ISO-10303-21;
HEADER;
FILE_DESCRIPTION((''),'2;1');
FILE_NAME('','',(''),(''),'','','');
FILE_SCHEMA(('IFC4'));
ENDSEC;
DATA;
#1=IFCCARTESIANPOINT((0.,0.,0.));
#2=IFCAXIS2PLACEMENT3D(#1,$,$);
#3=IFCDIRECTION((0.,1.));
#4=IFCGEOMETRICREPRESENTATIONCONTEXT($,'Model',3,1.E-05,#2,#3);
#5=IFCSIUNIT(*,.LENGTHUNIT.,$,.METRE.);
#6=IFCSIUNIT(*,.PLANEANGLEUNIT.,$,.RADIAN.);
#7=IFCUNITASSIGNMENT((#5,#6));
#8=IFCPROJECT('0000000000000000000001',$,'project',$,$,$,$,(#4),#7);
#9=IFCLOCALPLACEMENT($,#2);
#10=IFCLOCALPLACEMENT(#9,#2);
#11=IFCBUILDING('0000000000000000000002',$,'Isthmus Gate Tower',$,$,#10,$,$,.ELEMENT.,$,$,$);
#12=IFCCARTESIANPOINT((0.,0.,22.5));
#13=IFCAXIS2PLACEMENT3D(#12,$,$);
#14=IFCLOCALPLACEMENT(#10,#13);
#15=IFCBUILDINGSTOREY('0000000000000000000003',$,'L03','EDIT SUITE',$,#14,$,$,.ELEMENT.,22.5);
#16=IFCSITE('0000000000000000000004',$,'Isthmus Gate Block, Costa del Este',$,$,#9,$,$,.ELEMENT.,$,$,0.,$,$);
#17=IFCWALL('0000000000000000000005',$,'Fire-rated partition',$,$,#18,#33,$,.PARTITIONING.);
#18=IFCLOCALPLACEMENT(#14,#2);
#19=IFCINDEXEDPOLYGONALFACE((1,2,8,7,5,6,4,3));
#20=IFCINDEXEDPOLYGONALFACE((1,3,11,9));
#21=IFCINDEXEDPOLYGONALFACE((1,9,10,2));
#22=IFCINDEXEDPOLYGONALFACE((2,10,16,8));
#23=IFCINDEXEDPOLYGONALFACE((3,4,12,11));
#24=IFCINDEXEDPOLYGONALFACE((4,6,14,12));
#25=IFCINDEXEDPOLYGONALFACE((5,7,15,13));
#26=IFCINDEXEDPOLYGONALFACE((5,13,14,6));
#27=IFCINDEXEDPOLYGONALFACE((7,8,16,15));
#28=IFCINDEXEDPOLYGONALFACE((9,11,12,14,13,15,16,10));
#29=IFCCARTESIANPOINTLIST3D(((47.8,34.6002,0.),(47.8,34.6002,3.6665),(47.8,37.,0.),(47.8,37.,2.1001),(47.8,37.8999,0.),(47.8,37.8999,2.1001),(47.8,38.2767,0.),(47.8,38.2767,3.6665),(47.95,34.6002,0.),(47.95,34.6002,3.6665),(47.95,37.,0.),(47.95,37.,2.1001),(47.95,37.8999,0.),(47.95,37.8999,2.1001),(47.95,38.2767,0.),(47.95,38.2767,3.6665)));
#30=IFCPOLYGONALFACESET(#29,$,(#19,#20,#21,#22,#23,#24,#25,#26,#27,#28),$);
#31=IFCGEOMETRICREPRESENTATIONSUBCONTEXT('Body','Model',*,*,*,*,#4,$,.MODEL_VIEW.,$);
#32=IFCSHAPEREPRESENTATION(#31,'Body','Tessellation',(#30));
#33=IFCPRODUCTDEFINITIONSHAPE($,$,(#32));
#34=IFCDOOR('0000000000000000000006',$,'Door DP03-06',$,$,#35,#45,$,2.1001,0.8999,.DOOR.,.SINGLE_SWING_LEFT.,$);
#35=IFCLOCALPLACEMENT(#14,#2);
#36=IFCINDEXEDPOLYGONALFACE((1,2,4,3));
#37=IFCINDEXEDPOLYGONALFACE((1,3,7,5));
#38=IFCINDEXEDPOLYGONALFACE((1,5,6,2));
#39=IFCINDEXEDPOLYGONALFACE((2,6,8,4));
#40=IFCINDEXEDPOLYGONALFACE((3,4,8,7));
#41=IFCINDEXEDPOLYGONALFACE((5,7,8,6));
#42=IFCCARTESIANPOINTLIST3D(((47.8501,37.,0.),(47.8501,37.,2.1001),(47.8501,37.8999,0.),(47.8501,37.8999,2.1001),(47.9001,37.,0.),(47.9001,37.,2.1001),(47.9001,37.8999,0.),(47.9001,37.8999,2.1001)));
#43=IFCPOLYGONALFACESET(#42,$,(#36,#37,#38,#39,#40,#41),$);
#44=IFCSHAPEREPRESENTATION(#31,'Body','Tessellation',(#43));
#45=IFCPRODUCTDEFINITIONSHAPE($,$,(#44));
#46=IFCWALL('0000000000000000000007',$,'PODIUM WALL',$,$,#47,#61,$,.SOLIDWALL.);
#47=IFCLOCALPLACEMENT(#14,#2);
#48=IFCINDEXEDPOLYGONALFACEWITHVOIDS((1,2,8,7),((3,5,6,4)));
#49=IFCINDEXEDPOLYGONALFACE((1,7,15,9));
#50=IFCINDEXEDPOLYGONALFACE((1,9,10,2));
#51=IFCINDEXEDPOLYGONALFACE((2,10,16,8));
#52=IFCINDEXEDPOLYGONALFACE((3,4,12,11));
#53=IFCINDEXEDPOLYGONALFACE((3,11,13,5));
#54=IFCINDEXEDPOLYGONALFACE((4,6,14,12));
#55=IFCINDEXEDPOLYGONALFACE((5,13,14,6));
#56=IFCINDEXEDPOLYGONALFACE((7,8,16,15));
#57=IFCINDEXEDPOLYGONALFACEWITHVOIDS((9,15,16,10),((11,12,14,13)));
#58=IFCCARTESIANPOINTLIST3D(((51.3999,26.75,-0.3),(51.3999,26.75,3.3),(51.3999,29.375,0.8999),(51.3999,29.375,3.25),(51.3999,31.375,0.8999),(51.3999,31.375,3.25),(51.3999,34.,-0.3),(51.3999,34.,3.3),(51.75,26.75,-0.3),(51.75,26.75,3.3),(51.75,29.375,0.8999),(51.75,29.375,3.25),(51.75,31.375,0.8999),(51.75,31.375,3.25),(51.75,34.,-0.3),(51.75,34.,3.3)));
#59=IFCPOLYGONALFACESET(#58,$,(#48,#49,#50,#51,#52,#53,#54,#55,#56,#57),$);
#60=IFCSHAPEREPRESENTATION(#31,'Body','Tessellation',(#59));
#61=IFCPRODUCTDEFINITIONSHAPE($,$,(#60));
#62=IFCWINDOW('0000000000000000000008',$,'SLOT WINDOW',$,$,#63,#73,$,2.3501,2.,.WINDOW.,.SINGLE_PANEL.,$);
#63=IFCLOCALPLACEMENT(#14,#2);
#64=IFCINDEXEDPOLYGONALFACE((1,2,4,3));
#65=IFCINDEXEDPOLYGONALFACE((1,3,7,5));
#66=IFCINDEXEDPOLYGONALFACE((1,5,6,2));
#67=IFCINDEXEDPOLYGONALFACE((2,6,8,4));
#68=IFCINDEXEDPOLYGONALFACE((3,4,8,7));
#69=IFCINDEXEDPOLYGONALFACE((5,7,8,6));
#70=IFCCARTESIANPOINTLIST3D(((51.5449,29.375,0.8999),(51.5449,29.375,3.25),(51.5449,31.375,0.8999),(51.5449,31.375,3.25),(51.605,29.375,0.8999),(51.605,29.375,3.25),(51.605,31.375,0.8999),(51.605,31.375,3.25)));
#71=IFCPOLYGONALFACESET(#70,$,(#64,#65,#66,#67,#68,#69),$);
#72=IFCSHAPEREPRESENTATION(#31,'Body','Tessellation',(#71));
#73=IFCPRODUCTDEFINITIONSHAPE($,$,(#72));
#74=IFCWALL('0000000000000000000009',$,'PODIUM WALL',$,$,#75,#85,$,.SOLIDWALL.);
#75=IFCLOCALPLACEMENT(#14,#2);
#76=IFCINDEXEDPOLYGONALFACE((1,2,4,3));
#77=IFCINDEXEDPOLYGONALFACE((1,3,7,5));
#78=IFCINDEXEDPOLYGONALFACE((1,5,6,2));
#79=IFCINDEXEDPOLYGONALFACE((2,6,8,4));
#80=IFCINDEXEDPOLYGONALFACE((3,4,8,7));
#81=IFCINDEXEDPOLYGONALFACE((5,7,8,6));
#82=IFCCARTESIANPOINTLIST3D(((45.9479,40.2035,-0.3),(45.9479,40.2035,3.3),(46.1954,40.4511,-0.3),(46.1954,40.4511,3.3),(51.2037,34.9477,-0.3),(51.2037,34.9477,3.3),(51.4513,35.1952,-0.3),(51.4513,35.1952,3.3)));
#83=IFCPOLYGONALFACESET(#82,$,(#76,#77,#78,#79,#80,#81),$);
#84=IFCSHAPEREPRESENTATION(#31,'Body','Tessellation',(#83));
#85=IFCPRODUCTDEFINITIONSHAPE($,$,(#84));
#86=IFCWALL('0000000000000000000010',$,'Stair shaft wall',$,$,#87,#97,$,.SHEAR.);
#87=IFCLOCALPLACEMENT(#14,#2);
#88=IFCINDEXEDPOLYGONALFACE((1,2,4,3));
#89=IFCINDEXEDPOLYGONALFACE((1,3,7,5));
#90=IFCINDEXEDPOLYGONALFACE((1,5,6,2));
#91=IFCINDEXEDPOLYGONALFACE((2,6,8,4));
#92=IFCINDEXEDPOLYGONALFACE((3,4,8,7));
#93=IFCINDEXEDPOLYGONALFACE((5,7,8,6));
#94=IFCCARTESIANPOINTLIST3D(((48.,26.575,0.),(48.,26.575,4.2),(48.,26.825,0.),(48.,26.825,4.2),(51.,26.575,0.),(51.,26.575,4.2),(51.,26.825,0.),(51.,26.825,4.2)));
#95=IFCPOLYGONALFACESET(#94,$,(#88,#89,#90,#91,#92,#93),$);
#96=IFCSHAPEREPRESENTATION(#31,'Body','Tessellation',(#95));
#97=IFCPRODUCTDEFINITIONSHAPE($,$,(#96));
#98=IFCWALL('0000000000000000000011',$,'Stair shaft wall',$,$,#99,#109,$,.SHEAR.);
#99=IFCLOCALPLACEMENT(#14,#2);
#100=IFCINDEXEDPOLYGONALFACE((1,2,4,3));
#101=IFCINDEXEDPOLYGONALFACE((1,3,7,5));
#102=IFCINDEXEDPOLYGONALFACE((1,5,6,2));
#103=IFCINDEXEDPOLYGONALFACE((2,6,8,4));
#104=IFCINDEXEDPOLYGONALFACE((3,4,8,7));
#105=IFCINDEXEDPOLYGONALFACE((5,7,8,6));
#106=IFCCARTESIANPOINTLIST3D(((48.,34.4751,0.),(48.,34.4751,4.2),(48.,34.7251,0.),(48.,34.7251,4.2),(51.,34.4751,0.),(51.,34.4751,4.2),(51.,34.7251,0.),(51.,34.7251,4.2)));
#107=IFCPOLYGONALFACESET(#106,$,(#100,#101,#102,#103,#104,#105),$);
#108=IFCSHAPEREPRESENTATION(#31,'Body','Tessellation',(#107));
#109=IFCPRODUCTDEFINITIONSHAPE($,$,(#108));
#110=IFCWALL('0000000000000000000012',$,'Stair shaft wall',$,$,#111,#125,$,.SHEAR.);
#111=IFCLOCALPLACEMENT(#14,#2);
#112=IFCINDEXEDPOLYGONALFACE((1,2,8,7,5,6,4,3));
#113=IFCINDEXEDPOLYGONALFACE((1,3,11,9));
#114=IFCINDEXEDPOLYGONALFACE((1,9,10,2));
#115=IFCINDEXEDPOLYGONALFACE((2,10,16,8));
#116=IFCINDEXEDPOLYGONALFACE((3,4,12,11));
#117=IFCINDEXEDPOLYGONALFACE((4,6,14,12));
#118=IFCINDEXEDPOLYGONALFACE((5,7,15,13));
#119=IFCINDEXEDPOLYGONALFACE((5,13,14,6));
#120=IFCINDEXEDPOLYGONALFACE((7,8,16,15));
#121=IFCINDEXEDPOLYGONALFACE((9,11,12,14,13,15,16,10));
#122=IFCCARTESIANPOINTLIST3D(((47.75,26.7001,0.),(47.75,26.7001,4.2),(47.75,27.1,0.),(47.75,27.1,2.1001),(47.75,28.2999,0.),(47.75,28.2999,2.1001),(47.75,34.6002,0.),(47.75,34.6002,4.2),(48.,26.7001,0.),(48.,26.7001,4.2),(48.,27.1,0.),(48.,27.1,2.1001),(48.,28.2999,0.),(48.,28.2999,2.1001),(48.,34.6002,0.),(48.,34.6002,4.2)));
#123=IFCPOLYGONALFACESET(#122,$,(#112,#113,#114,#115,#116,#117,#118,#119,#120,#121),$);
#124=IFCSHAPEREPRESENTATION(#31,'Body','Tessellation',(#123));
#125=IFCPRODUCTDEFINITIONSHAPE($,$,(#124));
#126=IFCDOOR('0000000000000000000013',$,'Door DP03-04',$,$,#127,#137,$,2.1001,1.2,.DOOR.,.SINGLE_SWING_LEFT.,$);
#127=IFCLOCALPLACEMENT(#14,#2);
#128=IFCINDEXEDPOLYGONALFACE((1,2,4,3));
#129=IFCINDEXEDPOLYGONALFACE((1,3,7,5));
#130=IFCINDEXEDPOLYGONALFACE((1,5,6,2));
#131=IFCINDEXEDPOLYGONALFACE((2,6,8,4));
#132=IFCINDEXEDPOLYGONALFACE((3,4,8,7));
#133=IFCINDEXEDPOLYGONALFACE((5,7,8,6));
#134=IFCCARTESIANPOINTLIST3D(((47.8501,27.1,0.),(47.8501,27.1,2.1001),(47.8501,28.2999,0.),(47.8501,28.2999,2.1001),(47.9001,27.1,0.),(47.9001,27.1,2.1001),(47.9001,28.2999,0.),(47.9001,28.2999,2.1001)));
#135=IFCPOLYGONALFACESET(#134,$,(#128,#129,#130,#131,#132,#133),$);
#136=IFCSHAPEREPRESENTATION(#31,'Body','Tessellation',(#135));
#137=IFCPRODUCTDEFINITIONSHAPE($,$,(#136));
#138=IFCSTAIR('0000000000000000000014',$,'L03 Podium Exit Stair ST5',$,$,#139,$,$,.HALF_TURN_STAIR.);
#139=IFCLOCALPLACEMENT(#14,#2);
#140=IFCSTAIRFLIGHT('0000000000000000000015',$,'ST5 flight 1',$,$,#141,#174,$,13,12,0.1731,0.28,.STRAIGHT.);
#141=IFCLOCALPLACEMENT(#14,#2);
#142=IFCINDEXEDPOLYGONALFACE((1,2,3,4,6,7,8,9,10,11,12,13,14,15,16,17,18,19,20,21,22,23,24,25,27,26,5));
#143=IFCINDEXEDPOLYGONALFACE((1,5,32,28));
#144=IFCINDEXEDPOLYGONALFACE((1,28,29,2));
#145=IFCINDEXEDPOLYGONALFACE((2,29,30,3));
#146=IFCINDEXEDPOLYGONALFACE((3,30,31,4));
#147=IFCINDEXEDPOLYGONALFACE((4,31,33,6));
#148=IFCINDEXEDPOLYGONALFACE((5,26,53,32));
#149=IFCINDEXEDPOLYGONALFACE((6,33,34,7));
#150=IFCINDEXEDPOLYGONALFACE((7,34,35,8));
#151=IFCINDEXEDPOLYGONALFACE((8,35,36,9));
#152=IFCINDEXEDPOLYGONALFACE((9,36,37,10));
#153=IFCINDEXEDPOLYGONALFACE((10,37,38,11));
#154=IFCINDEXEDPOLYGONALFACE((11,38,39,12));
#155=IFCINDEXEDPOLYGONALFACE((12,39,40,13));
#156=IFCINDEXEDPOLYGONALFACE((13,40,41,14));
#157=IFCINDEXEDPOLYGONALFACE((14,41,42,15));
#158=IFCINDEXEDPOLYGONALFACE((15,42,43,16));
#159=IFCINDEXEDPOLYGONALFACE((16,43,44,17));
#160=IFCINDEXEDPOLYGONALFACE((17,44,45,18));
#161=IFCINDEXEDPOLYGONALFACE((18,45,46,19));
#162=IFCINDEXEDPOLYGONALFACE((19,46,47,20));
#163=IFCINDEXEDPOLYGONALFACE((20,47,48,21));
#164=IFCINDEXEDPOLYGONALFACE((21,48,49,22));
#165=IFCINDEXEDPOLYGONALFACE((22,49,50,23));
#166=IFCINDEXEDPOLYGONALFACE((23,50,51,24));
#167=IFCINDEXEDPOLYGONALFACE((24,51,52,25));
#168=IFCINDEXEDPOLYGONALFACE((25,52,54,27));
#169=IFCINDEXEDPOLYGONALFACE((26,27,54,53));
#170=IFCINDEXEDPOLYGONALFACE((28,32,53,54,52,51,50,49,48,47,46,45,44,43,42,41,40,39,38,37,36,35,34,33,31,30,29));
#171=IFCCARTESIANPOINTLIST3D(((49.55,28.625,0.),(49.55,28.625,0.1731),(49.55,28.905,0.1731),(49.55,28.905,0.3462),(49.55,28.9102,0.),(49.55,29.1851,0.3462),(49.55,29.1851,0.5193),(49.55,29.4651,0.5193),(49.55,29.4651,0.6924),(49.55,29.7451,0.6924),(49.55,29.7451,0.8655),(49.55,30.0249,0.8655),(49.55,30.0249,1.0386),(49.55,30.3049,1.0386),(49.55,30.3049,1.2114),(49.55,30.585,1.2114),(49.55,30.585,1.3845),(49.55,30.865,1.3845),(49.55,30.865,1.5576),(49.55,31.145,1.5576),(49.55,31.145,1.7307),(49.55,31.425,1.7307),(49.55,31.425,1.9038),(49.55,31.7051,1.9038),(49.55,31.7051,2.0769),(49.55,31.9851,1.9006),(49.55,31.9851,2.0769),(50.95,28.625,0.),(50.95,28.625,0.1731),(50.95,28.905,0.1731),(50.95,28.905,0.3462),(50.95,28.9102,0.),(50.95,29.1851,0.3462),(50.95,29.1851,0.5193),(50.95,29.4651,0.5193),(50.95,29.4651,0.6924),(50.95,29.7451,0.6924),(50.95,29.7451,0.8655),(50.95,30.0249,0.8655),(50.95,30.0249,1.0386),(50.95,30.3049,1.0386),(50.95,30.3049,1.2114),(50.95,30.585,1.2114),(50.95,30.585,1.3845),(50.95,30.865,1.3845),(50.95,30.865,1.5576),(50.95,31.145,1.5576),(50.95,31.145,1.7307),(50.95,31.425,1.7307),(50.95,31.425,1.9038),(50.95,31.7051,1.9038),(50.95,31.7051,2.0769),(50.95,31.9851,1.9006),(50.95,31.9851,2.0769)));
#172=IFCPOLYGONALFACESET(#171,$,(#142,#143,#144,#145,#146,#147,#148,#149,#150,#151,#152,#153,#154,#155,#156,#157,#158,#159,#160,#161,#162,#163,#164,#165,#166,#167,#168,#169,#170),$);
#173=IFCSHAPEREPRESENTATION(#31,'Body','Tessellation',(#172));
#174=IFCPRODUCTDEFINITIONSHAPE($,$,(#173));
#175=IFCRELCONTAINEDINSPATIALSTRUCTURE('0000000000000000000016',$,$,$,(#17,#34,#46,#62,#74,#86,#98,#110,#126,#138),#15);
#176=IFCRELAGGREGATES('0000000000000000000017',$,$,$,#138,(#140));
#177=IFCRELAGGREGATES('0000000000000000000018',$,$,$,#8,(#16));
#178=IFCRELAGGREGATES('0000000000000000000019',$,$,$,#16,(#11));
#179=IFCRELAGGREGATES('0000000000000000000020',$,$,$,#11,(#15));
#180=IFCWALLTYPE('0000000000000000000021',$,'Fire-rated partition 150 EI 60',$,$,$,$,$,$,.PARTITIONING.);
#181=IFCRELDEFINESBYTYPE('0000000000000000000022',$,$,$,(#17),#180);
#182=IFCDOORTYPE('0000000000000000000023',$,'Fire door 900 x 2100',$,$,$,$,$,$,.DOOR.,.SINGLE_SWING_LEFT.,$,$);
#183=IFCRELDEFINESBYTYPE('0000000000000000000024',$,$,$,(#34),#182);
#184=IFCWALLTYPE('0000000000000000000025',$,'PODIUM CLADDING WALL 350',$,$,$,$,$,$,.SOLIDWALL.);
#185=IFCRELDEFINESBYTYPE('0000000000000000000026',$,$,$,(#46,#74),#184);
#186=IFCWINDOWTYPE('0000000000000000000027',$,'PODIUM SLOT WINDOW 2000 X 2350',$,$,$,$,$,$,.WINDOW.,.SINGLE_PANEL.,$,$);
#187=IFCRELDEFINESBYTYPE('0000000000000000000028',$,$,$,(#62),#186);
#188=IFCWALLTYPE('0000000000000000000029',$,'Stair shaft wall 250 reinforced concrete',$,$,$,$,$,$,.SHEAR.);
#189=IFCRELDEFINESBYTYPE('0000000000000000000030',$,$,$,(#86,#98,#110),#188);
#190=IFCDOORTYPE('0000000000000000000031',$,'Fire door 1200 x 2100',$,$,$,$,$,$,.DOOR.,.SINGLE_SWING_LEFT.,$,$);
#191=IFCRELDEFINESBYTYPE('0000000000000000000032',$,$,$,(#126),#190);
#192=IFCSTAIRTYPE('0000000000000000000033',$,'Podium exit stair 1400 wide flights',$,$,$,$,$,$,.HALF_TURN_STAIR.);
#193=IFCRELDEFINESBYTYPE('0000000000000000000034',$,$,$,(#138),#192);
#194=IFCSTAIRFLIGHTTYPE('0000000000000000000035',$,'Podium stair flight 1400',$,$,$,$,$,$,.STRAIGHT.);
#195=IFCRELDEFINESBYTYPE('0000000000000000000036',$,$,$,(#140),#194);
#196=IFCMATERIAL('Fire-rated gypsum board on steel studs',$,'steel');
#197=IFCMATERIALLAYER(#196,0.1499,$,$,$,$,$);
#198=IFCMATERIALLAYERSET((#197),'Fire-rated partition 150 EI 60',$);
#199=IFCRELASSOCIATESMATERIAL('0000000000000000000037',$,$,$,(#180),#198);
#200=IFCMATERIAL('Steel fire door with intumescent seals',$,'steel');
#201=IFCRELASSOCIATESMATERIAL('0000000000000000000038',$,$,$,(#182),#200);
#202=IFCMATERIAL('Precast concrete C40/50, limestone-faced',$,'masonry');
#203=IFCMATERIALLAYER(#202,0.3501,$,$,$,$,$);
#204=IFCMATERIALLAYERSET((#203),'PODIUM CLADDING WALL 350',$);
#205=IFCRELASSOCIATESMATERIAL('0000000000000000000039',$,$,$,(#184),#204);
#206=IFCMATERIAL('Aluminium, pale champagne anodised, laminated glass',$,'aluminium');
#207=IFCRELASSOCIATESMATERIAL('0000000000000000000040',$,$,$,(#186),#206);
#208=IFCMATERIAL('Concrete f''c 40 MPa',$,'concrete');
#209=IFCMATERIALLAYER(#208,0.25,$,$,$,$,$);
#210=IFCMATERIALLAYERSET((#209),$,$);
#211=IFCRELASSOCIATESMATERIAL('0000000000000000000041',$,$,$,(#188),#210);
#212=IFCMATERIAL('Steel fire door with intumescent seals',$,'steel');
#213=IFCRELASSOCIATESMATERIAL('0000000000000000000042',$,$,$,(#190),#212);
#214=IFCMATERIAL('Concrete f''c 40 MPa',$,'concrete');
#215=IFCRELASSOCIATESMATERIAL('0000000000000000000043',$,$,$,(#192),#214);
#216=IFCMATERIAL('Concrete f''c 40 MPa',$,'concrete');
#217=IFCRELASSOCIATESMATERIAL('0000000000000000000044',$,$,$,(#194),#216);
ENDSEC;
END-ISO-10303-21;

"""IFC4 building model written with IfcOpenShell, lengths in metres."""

from ifc_helpers import new_model, si_unit, direction, frame, frame_2d, origin, place, context, subcontext, project, spatial, polyline, rectangle, outline, extrude, material, layer, layer_set, type_object, element, fill, aggregate, save


model = new_model("IFC4")

# Units and contexts
model_context = context("Model", 3, precision=1e-05, world=origin(), true_north=direction((0.0, 1.0)))
body_context = subcontext(model_context, "Body", "Model", "MODEL_VIEW")
ifc_project = project(units=[si_unit("LENGTHUNIT", "METRE"), si_unit("PLANEANGLEUNIT", "RADIAN")], contexts=[model_context])

# Site, building, storey
site_placement = place(None, origin())
site = spatial("IfcSite", under=ifc_project, at=site_placement, Name="Isthmus Gate Block, Costa del Este", CompositionType="ELEMENT", RefElevation=0.0)
building_placement = place(site_placement, origin())
building = spatial("IfcBuilding", under=site, at=building_placement, Name="Isthmus Gate Tower", CompositionType="ELEMENT")
storey_placement = place(building_placement, frame((0.0, 0.0, 22.5)))
storey = spatial("IfcBuildingStorey", under=building, at=storey_placement, Name="L03", Description="EDIT SUITE", CompositionType="ELEMENT", Elevation=22.5)

# Shared definitions
ifc_material_1 = material(Name="Fire-rated gypsum board on steel studs", Category="steel")
ifc_layer_1 = layer(ifc_material_1, 0.1499)
ifc_layer_set_1 = layer_set([ifc_layer_1], Name="Fire-rated partition 150 EI 60")
wall_type_1 = type_object("IfcWallType", Name="Fire-rated partition 150 EI 60", PredefinedType="PARTITIONING", material=ifc_layer_set_1)

# Wall, opening, door
wall_1_placement = place(storey_placement, frame((47.875, 34.6001, 0.0), z_axis=(0.0, 0.0, 1.0), x_axis=(0.0, 1.0, 0.0)))
wall_1 = element("IfcWall", 1, at=wall_1_placement, inside=storey, type_object=wall_type_1, Name="Fire-rated partition", PredefinedType="PARTITIONING", context=body_context, shape_type="SweptSolid", body=[
    extrude(rectangle(XDim=3.6765, YDim=0.1499, at=frame_2d((1.8384, 0.0))), origin(), (0.0, 0.0, 1.0), 3.6665),
])
opening_1_placement = place(wall_1_placement, frame((2.3999, 0.0, 0.0)))
opening_1 = element("IfcOpeningElement", 2, at=opening_1_placement, cuts=wall_1, PredefinedType="OPENING", context=body_context, shape_type="SweptSolid", body=[
    extrude(rectangle(XDim=0.8999, YDim=2.1001, at=frame_2d((0.45, 1.05))), frame((0.0, 0.085, 0.0), z_axis=(0.0, -1.0, 0.0), x_axis=(1.0, 0.0, 0.0)), (0.0, 0.0, 1.0), 0.1699),
])
ifc_material_2 = material(Name="Steel fire door with intumescent seals", Category="steel")
door_type_1 = type_object("IfcDoorType", Name="Fire door 900 x 2100", OperationType="SINGLE_SWING_LEFT", PredefinedType="DOOR", material=ifc_material_2)
door_1_placement = place(opening_1_placement, origin())
door_1 = element("IfcDoor", 3, at=door_1_placement, inside=storey, type_object=door_type_1, Name="Door DP03-06", OperationType="SINGLE_SWING_LEFT", OverallHeight=2.1001, OverallWidth=0.8999, PredefinedType="DOOR", context=body_context, shape_type="SweptSolid", body=[
    extrude(rectangle(XDim=0.8999, YDim=2.1001, at=frame_2d((0.45, 1.05))), frame((0.0, 0.0249, 0.0), z_axis=(0.0, -1.0, 0.0), x_axis=(1.0, 0.0, 0.0)), (0.0, 0.0, 1.0), 0.05),
])
fill(opening_1, door_1)

# Wall, opening, window
ifc_material_3 = material(Name="Precast concrete C40/50, limestone-faced", Category="masonry")
ifc_layer_2 = layer(ifc_material_3, 0.3501)
ifc_layer_set_2 = layer_set([ifc_layer_2], Name="PODIUM CLADDING WALL 350")
wall_type_2 = type_object("IfcWallType", Name="PODIUM CLADDING WALL 350", PredefinedType="SOLIDWALL", material=ifc_layer_set_2)
wall_2_placement = place(storey_placement, frame((51.575, 26.75, -0.3), z_axis=(0.0, 0.0, 1.0), x_axis=(0.0, 1.0, 0.0)))
wall_2 = element("IfcWall", 4, at=wall_2_placement, inside=storey, type_object=wall_type_2, Name="PODIUM WALL", PredefinedType="SOLIDWALL", context=body_context, shape_type="SweptSolid", body=[
    extrude(rectangle(XDim=7.25, YDim=0.3501, at=frame_2d((3.625, 0.0))), origin(), (0.0, 0.0, 1.0), 3.6001),
])
opening_2_placement = place(wall_2_placement, frame((2.625, 0.0, 1.2)))
opening_2 = element("IfcOpeningElement", 5, at=opening_2_placement, cuts=wall_2, PredefinedType="OPENING", context=body_context, shape_type="SweptSolid", body=[
    extrude(rectangle(XDim=2.0, YDim=2.3501, at=frame_2d((1.0, 1.175))), frame((0.0, 0.1851, 0.0), z_axis=(0.0, -1.0, 0.0), x_axis=(1.0, 0.0, 0.0)), (0.0, 0.0, 1.0), 0.3701),
])
ifc_material_4 = material(Name="Aluminium, pale champagne anodised, laminated glass", Category="aluminium")
window_type = type_object("IfcWindowType", Name="PODIUM SLOT WINDOW 2000 X 2350", PartitioningType="SINGLE_PANEL", PredefinedType="WINDOW", material=ifc_material_4)
window_placement = place(opening_2_placement, origin())
window = element("IfcWindow", 6, at=window_placement, inside=storey, type_object=window_type, Name="SLOT WINDOW", OverallHeight=2.3501, OverallWidth=2.0, PartitioningType="SINGLE_PANEL", PredefinedType="WINDOW", context=body_context, shape_type="SweptSolid", body=[
    extrude(rectangle(XDim=2.0, YDim=2.3501, at=frame_2d((1.0, 1.175))), frame((0.0, 0.03, 0.0), z_axis=(0.0, -1.0, 0.0), x_axis=(1.0, 0.0, 0.0)), (0.0, 0.0, 1.0), 0.0601),
])
fill(opening_2, window)

# Walls
wall_3_placement = place(storey_placement, frame((51.3274, 35.0715, -0.3), z_axis=(0.0, 0.0, 1.0), x_axis=(-0.707107, 0.707107, 0.0)))
element("IfcWall", 7, at=wall_3_placement, inside=storey, type_object=wall_type_2, Name="PODIUM WALL", PredefinedType="SOLIDWALL", context=body_context, shape_type="SweptSolid", body=[
    extrude(rectangle(XDim=7.4329, YDim=0.3501, at=frame_2d((3.7163, 0.0))), origin(), (0.0, 0.0, 1.0), 3.6001),
])
ifc_material_5 = material(Name="Concrete f'c 40 MPa", Category="concrete")
ifc_layer_3 = layer(ifc_material_5, 0.25)
ifc_layer_set_3 = layer_set([ifc_layer_3])
wall_type_3 = type_object("IfcWallType", Name="Stair shaft wall 250 reinforced concrete", PredefinedType="SHEAR", material=ifc_layer_set_3)
for number, where, z_axis, x_axis, name in (
    (8, (48.0, 26.7, 0.0), (0.0, 0.0, 1.0), (1.0, 0.0, 0.0), "Stair shaft wall"),
    (9, (48.0, 34.6001, 0.0), (0.0, 0.0, 1.0), (1.0, 0.0, 0.0), "Stair shaft wall"),
):
    element("IfcWall", number, at=place(storey_placement, frame(where, z_axis=z_axis, x_axis=x_axis)), inside=storey, type_object=wall_type_3, Name=name, PredefinedType="SHEAR", context=body_context, shape_type="SweptSolid", body=[
        extrude(rectangle(XDim=3.0, YDim=0.25, at=frame_2d((1.5, 0.0))), origin(), (0.0, 0.0, 1.0), 4.2),
    ])

# Wall, opening, door
wall_4_placement = place(storey_placement, frame((47.875, 26.7, 0.0), z_axis=(0.0, 0.0, 1.0), x_axis=(0.0, 1.0, 0.0)))
wall_4 = element("IfcWall", 10, at=wall_4_placement, inside=storey, type_object=wall_type_3, Name="Stair shaft wall", PredefinedType="SHEAR", context=body_context, shape_type="SweptSolid", body=[
    extrude(rectangle(XDim=7.9001, YDim=0.25, at=frame_2d((3.9502, 0.0))), origin(), (0.0, 0.0, 1.0), 4.2),
])
opening_3_placement = place(wall_4_placement, frame((0.3999, 0.0, 0.0)))
opening_3 = element("IfcOpeningElement", 11, at=opening_3_placement, cuts=wall_4, PredefinedType="OPENING", context=body_context, shape_type="SweptSolid", body=[
    extrude(rectangle(XDim=1.2, YDim=2.1001, at=frame_2d((0.6001, 1.05))), frame((0.0, 0.135, 0.0), z_axis=(0.0, -1.0, 0.0), x_axis=(1.0, 0.0, 0.0)), (0.0, 0.0, 1.0), 0.27),
])
ifc_material_6 = material(Name="Steel fire door with intumescent seals", Category="steel")
door_type_2 = type_object("IfcDoorType", Name="Fire door 1200 x 2100", OperationType="SINGLE_SWING_LEFT", PredefinedType="DOOR", material=ifc_material_6)
door_2_placement = place(opening_3_placement, origin())
door_2 = element("IfcDoor", 12, at=door_2_placement, inside=storey, type_object=door_type_2, Name="Door DP03-04", OperationType="SINGLE_SWING_LEFT", OverallHeight=2.1001, OverallWidth=1.2, PredefinedType="DOOR", context=body_context, shape_type="SweptSolid", body=[
    extrude(rectangle(XDim=1.2, YDim=2.1001, at=frame_2d((0.6001, 1.05))), frame((0.0, 0.0249, 0.0), z_axis=(0.0, -1.0, 0.0), x_axis=(1.0, 0.0, 0.0)), (0.0, 0.0, 1.0), 0.05),
])
fill(opening_3, door_2)

# Stair, stair flight
ifc_material_7 = material(Name="Concrete f'c 40 MPa", Category="concrete")
stair_type = type_object("IfcStairType", Name="Podium exit stair 1400 wide flights", PredefinedType="HALF_TURN_STAIR", material=ifc_material_7)
stair_placement = place(storey_placement, origin())
stair = element("IfcStair", 13, at=stair_placement, inside=storey, type_object=stair_type, Name="L03 Podium Exit Stair ST5", PredefinedType="HALF_TURN_STAIR")
ifc_material_8 = material(Name="Concrete f'c 40 MPa", Category="concrete")
stair_flight_type = type_object("IfcStairFlightType", Name="Podium stair flight 1400", PredefinedType="STRAIGHT", material=ifc_material_8)
stair_flight_1_placement = place(storey_placement, frame((50.25, 28.625, 0.0), z_axis=(0.0, 0.0, 1.0), x_axis=(0.0, 1.0, 0.0)))
stair_flight_1 = element("IfcStairFlight", 14, at=stair_flight_1_placement, type_object=stair_flight_type, Name="ST5 flight 1", NumberOfRisers=13, NumberOfTreads=12, PredefinedType="STRAIGHT", RiserHeight=0.1731, TreadLength=0.28, context=body_context, shape_type="SweptSolid", body=[
    extrude(outline(polyline([(0.0, 0.0), (0.0, 0.1731), (0.28, 0.1731), (0.28, 0.3462), (0.5601, 0.3462), (0.5601, 0.5193), (0.8401, 0.5193), (0.8401, 0.6924), (1.1201, 0.6924), (1.1201, 0.8655), (1.3999, 0.8655), (1.3999, 1.0386), (1.6799, 1.0386), (1.6799, 1.2114), (1.96, 1.2114), (1.96, 1.3845), (2.24, 1.3845), (2.24, 1.5576), (2.52, 1.5576), (2.52, 1.7307), (2.8, 1.7307), (2.8, 1.9038), (3.0801, 1.9038), (3.0801, 2.0769), (3.3601, 2.0769), (3.3601, 2.25), (3.3601, 1.9006), (0.2852, 0.0), (0.0, 0.0)])), frame((0.0, 0.7, 0.0), z_axis=(0.0, -1.0, 0.0), x_axis=(1.0, 0.0, 0.0)), (0.0, 0.0, 1.0), 1.3999),
])
aggregate(stair, [stair_flight_1])

save(model, "model.ifc")
